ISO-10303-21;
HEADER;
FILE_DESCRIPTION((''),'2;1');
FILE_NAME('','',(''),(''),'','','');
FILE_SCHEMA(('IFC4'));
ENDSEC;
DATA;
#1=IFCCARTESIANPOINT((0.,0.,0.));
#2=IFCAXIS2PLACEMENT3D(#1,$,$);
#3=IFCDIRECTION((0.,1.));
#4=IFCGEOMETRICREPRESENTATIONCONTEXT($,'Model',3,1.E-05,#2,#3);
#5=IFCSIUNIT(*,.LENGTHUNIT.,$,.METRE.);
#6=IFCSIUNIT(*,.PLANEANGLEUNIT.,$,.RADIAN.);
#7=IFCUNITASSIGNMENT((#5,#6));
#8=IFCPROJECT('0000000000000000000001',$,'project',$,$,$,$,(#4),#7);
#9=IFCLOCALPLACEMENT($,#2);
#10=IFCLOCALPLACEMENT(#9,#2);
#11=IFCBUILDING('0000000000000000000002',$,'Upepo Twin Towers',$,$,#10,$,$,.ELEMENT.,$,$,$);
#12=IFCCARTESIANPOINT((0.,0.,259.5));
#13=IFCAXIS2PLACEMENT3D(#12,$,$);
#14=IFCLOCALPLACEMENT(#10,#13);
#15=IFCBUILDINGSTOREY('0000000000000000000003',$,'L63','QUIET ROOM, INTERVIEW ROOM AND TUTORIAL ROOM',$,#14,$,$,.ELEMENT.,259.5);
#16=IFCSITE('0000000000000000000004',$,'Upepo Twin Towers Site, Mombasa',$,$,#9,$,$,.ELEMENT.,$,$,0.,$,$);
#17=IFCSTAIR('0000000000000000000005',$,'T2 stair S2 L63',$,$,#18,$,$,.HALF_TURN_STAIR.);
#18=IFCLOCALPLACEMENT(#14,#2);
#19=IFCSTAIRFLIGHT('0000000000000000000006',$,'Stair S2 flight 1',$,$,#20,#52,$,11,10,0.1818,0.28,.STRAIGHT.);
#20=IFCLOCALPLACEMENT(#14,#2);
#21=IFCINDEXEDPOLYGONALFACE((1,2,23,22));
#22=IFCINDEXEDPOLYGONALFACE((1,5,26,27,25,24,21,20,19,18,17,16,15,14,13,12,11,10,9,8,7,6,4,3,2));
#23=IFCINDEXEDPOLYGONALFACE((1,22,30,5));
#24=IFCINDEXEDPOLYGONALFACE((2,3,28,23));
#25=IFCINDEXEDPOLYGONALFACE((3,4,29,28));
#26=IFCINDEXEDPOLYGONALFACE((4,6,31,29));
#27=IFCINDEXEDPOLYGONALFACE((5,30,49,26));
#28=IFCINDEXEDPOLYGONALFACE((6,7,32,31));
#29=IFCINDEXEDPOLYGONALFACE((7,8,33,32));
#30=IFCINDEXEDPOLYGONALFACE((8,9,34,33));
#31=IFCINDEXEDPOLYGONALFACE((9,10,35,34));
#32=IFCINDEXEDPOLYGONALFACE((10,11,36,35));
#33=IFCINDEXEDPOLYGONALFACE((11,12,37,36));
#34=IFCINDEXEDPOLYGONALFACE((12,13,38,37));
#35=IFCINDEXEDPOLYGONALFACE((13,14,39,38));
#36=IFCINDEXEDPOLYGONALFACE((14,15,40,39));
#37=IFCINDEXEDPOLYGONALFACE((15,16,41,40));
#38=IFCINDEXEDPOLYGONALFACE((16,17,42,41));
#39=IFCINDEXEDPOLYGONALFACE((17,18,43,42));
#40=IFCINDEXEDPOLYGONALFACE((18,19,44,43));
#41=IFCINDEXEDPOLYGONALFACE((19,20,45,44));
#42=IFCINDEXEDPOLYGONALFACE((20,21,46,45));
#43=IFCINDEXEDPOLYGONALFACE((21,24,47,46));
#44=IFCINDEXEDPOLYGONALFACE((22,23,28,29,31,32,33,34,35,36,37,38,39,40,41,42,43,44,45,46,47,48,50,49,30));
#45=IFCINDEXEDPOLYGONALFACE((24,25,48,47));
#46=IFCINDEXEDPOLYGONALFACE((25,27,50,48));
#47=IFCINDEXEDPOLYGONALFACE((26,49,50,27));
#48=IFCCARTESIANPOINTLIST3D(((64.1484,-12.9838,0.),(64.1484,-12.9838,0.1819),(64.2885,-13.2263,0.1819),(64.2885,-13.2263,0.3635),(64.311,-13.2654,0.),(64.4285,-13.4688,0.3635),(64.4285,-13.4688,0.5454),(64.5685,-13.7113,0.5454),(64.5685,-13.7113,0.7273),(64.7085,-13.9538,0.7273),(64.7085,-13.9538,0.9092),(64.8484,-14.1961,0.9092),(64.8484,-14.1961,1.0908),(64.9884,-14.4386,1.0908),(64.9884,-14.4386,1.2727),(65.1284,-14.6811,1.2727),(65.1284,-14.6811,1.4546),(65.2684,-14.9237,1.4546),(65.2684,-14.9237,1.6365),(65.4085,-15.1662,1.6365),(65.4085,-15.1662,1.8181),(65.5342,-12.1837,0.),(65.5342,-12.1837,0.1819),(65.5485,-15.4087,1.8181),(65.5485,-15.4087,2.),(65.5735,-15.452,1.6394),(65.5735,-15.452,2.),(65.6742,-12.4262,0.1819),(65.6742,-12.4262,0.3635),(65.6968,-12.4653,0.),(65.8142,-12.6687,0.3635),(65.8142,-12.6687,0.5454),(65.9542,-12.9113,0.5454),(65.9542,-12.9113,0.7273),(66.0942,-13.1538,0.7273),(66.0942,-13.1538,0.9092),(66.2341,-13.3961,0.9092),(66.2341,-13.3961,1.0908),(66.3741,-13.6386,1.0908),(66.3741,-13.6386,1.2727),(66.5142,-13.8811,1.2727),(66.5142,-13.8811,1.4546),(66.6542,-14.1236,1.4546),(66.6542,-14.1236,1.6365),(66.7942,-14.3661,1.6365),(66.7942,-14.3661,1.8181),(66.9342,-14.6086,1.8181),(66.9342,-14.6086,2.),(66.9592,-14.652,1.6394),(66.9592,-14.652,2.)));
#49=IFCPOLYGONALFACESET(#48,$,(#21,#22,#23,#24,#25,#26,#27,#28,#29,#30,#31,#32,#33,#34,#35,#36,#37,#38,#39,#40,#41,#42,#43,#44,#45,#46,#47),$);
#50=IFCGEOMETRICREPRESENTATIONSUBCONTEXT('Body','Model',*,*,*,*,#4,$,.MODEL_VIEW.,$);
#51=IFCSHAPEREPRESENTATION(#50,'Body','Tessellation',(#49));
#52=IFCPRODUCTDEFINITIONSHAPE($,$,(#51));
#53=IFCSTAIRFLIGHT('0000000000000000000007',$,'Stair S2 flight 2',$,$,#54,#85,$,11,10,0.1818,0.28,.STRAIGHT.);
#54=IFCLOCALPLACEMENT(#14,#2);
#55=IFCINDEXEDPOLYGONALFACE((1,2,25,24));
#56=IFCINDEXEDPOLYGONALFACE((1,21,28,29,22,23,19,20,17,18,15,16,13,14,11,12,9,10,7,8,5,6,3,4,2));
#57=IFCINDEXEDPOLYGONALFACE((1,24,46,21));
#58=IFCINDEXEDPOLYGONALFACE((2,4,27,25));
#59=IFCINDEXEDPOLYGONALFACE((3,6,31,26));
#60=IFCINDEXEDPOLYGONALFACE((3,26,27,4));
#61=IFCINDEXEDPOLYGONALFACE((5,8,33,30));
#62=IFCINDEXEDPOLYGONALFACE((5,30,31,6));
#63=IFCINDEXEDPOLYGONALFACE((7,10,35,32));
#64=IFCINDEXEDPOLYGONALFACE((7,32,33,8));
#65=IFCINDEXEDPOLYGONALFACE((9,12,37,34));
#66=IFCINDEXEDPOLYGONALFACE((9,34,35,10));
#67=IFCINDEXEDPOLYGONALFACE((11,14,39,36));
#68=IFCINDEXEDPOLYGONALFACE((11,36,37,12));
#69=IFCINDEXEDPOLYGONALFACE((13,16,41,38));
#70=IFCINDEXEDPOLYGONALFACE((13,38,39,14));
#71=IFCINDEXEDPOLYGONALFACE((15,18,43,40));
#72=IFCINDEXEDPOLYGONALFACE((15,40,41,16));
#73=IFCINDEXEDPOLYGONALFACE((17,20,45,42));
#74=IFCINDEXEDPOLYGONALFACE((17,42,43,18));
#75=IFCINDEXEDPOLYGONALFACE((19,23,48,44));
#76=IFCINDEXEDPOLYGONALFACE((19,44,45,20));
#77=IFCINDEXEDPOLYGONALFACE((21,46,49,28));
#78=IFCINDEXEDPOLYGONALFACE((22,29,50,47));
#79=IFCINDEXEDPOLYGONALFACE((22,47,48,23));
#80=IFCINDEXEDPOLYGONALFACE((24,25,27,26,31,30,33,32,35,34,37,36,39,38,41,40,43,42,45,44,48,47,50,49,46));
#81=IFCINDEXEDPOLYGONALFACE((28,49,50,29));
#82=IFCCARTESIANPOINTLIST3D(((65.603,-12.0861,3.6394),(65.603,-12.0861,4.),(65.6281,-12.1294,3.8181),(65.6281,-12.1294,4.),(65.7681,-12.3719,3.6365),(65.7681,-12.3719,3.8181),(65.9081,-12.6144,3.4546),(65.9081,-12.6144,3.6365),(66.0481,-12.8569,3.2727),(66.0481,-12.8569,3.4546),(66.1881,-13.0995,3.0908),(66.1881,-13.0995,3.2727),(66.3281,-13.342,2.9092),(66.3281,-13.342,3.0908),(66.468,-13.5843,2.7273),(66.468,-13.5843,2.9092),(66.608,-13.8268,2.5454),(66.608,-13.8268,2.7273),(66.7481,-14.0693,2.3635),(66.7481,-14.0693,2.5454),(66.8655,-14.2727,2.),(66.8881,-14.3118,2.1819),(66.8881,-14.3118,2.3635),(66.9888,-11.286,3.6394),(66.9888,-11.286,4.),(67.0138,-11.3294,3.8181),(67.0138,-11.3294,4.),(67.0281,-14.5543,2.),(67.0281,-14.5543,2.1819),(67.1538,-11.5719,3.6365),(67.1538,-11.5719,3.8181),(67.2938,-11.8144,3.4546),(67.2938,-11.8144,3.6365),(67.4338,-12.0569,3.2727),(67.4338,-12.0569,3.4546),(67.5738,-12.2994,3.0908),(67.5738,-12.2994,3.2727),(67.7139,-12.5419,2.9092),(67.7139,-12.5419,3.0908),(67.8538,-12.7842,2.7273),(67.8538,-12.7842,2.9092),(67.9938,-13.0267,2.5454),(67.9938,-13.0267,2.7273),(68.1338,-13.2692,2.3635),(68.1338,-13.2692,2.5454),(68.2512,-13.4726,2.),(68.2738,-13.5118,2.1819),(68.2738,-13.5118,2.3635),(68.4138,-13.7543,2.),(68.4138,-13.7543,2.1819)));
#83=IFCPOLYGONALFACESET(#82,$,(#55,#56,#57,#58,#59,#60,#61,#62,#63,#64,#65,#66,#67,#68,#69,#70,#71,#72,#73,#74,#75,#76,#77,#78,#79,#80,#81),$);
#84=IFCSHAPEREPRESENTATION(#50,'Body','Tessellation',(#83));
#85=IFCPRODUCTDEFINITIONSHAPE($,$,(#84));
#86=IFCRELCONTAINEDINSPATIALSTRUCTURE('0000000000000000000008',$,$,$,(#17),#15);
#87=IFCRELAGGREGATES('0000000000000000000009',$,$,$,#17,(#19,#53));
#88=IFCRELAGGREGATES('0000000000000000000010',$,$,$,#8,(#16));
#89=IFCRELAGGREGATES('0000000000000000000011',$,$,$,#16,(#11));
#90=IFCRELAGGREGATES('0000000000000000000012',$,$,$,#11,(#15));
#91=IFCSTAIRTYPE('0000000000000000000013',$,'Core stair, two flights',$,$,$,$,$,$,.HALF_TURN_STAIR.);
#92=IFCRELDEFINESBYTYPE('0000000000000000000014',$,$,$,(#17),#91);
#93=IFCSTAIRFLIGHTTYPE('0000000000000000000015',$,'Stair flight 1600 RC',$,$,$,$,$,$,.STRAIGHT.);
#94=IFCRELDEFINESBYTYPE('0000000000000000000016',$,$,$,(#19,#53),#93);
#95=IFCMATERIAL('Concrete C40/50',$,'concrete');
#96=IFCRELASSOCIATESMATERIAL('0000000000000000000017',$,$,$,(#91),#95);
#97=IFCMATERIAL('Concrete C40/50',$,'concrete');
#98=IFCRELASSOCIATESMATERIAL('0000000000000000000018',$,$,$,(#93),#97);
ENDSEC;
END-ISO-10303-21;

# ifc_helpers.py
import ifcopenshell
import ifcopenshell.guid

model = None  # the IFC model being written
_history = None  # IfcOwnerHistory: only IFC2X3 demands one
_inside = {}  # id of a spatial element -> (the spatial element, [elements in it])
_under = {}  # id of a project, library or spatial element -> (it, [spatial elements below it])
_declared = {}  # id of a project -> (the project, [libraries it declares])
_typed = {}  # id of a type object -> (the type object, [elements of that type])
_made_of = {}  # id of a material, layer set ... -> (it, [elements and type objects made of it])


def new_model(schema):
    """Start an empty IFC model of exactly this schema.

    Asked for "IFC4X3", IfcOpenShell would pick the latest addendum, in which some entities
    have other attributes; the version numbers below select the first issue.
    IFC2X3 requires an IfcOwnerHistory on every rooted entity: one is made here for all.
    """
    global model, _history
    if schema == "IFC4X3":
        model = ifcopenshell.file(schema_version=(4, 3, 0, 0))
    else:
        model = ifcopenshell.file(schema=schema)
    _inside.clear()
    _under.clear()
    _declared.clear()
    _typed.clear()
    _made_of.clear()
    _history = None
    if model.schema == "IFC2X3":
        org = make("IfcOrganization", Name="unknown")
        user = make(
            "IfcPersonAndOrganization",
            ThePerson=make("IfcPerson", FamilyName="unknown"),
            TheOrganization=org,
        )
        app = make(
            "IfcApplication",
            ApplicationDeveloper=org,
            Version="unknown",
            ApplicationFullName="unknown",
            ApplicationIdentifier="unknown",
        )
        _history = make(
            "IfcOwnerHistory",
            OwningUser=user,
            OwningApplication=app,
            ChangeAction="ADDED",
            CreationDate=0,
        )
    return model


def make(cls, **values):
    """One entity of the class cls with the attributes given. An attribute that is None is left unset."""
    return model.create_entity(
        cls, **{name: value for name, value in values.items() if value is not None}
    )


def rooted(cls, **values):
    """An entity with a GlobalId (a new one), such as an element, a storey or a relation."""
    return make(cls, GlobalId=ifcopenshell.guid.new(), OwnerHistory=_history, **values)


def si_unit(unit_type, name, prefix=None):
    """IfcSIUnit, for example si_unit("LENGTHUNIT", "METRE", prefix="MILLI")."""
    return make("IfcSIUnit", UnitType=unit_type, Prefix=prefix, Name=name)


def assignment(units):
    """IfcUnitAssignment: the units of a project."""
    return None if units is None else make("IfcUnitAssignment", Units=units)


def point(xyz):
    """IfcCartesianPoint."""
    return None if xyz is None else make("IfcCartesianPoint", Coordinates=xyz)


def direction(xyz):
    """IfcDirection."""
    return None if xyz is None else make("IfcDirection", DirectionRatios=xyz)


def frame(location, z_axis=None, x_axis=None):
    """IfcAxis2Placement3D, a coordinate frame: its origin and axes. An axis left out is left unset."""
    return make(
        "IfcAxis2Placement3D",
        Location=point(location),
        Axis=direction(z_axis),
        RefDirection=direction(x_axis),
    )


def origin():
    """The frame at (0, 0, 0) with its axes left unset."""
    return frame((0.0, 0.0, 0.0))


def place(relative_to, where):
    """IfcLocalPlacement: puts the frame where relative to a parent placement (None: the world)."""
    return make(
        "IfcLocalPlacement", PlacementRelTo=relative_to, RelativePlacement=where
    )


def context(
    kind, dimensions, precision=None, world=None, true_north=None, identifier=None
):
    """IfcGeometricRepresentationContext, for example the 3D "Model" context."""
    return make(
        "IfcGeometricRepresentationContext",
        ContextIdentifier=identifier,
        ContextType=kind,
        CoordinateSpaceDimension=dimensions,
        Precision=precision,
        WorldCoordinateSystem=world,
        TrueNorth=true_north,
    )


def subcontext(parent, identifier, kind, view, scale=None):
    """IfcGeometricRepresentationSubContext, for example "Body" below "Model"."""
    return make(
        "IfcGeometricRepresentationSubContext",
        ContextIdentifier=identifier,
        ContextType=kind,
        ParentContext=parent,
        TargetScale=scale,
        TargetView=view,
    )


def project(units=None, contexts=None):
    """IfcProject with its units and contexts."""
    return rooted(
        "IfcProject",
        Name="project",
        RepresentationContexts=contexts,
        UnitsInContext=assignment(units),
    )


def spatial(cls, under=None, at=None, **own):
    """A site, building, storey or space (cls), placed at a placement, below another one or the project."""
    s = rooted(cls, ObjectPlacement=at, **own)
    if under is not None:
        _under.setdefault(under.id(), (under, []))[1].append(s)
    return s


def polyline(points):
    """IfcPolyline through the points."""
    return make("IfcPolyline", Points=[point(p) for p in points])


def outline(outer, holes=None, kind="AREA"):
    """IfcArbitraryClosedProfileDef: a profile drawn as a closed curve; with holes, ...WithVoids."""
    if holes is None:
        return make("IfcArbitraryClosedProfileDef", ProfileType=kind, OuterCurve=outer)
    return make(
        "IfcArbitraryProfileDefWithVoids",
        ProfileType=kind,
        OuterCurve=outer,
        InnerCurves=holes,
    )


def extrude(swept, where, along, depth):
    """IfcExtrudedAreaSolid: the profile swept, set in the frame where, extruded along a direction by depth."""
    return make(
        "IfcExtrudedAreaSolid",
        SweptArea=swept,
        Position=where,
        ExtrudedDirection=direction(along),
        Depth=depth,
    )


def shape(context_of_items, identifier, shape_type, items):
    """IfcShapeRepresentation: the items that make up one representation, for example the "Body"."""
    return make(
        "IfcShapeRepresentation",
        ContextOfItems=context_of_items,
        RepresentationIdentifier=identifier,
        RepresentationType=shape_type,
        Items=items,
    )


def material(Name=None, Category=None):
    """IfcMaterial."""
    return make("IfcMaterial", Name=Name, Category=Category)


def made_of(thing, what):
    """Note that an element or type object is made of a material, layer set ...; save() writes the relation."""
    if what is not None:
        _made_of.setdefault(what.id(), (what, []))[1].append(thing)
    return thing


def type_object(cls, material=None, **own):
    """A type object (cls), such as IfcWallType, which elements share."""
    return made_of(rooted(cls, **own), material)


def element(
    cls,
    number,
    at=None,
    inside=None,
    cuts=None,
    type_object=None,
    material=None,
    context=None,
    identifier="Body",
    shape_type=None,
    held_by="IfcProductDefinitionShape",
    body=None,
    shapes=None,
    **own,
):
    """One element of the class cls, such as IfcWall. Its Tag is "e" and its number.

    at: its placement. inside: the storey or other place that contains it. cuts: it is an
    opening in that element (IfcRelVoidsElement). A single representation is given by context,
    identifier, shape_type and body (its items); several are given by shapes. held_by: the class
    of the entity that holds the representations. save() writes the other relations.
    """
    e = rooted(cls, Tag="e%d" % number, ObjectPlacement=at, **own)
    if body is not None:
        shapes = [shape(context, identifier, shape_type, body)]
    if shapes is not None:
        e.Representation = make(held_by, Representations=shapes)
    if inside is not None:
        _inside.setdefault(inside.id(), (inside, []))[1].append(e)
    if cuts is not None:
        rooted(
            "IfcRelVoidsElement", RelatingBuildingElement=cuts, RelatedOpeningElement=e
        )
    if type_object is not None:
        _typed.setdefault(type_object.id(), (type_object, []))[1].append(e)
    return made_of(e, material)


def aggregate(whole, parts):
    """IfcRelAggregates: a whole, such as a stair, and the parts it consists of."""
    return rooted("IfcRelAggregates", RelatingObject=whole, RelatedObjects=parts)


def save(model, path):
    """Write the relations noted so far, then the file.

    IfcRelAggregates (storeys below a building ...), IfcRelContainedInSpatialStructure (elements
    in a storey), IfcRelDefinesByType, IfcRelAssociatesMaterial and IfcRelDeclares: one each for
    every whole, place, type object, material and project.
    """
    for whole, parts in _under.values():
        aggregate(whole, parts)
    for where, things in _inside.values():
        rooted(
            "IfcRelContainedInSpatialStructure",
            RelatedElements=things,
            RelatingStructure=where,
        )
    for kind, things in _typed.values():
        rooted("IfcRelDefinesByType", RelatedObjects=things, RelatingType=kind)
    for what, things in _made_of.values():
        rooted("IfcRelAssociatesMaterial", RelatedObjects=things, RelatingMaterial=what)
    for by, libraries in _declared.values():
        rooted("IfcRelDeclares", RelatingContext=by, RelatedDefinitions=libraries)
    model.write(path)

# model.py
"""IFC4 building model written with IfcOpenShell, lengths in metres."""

from ifc_helpers import new_model, si_unit, direction, frame, origin, place, context, subcontext, project, spatial, polyline, outline, extrude, material, type_object, element, aggregate, save


model = new_model("IFC4")

# Units and contexts
model_context = context("Model", 3, precision=1e-05, world=origin(), true_north=direction((0.0, 1.0)))
body_context = subcontext(model_context, "Body", "Model", "MODEL_VIEW")
ifc_project = project(units=[si_unit("LENGTHUNIT", "METRE"), si_unit("PLANEANGLEUNIT", "RADIAN")], contexts=[model_context])

# Site, building, storey
site_placement = place(None, origin())
site = spatial("IfcSite", under=ifc_project, at=site_placement, Name="Upepo Twin Towers Site, Mombasa", CompositionType="ELEMENT", RefElevation=0.0)
building_placement = place(site_placement, origin())
building = spatial("IfcBuilding", under=site, at=building_placement, Name="Upepo Twin Towers", CompositionType="ELEMENT")
storey_placement = place(building_placement, frame((0.0, 0.0, 259.5)))
storey = spatial("IfcBuildingStorey", under=building, at=storey_placement, Name="L63", Description="QUIET ROOM, INTERVIEW ROOM AND TUTORIAL ROOM", CompositionType="ELEMENT", Elevation=259.5)

# Stair, stair flights
ifc_material_1 = material(Name="Concrete C40/50", Category="concrete")
stair_type = type_object("IfcStairType", Name="Core stair, two flights", PredefinedType="HALF_TURN_STAIR", material=ifc_material_1)
stair_placement = place(storey_placement, origin())
stair = element("IfcStair", 1, at=stair_placement, inside=storey, type_object=stair_type, Name="T2 stair S2 L63", PredefinedType="HALF_TURN_STAIR")
ifc_material_2 = material(Name="Concrete C40/50", Category="concrete")
stair_flight_type = type_object("IfcStairFlightType", Name="Stair flight 1600 RC", PredefinedType="STRAIGHT", material=ifc_material_2)
stair_flight_1_placement = place(storey_placement, frame((64.8413, -12.5837, 0.0), z_axis=(0.0, 0.0, 1.0), x_axis=(0.5, -0.866025, 0.0)))
stair_flight_1 = element("IfcStairFlight", 2, at=stair_flight_1_placement, type_object=stair_flight_type, Name="Stair S2 flight 1", NumberOfRisers=11, NumberOfTreads=10, PredefinedType="STRAIGHT", RiserHeight=0.1818, TreadLength=0.28, context=body_context, shape_type="SweptSolid", body=[
    extrude(outline(polyline([(0.0, 0.0), (0.0, 0.1819), (0.28, 0.1819), (0.28, 0.3635), (0.5601, 0.3635), (0.5601, 0.5454), (0.8401, 0.5454), (0.8401, 0.7273), (1.1201, 0.7273), (1.1201, 0.9092), (1.3999, 0.9092), (1.3999, 1.0908), (1.6799, 1.0908), (1.6799, 1.2727), (1.96, 1.2727), (1.96, 1.4546), (2.24, 1.4546), (2.24, 1.6365), (2.52, 1.6365), (2.52, 1.8181), (2.8, 1.8181), (2.8, 2.0), (2.8501, 2.0), (2.8501, 1.6394), (0.3252, 0.0), (0.0, 0.0)])), frame((0.0, 0.8, 0.0), z_axis=(0.0, -1.0, 0.0), x_axis=(1.0, 0.0, 0.0)), (0.0, 0.0, 1.0), 1.6001),
])
stair_flight_2_placement = place(storey_placement, frame((67.7209, -14.1543, 2.0), z_axis=(0.0, 0.0, 1.0), x_axis=(-0.5, 0.866025, 0.0)))
stair_flight_2 = element("IfcStairFlight", 3, at=stair_flight_2_placement, type_object=stair_flight_type, Name="Stair S2 flight 2", NumberOfRisers=11, NumberOfTreads=10, PredefinedType="STRAIGHT", RiserHeight=0.1818, TreadLength=0.28, context=body_context, shape_type="SweptSolid", body=[
    extrude(outline(polyline([(0.0, 0.0), (0.0, 0.1819), (0.28, 0.1819), (0.28, 0.3635), (0.5601, 0.3635), (0.5601, 0.5454), (0.8401, 0.5454), (0.8401, 0.7273), (1.1201, 0.7273), (1.1201, 0.9092), (1.3999, 0.9092), (1.3999, 1.0908), (1.6799, 1.0908), (1.6799, 1.2727), (1.96, 1.2727), (1.96, 1.4546), (2.24, 1.4546), (2.24, 1.6365), (2.52, 1.6365), (2.52, 1.8181), (2.8, 1.8181), (2.8, 2.0), (2.8501, 2.0), (2.8501, 1.6394), (0.3252, 0.0), (0.0, 0.0)])), frame((0.0, 0.8, 0.0), z_axis=(0.0, -1.0, 0.0), x_axis=(1.0, 0.0, 0.0)), (0.0, 0.0, 1.0), 1.6001),
])
aggregate(stair, [stair_flight_1, stair_flight_2])

save(model, "model.ifc")
